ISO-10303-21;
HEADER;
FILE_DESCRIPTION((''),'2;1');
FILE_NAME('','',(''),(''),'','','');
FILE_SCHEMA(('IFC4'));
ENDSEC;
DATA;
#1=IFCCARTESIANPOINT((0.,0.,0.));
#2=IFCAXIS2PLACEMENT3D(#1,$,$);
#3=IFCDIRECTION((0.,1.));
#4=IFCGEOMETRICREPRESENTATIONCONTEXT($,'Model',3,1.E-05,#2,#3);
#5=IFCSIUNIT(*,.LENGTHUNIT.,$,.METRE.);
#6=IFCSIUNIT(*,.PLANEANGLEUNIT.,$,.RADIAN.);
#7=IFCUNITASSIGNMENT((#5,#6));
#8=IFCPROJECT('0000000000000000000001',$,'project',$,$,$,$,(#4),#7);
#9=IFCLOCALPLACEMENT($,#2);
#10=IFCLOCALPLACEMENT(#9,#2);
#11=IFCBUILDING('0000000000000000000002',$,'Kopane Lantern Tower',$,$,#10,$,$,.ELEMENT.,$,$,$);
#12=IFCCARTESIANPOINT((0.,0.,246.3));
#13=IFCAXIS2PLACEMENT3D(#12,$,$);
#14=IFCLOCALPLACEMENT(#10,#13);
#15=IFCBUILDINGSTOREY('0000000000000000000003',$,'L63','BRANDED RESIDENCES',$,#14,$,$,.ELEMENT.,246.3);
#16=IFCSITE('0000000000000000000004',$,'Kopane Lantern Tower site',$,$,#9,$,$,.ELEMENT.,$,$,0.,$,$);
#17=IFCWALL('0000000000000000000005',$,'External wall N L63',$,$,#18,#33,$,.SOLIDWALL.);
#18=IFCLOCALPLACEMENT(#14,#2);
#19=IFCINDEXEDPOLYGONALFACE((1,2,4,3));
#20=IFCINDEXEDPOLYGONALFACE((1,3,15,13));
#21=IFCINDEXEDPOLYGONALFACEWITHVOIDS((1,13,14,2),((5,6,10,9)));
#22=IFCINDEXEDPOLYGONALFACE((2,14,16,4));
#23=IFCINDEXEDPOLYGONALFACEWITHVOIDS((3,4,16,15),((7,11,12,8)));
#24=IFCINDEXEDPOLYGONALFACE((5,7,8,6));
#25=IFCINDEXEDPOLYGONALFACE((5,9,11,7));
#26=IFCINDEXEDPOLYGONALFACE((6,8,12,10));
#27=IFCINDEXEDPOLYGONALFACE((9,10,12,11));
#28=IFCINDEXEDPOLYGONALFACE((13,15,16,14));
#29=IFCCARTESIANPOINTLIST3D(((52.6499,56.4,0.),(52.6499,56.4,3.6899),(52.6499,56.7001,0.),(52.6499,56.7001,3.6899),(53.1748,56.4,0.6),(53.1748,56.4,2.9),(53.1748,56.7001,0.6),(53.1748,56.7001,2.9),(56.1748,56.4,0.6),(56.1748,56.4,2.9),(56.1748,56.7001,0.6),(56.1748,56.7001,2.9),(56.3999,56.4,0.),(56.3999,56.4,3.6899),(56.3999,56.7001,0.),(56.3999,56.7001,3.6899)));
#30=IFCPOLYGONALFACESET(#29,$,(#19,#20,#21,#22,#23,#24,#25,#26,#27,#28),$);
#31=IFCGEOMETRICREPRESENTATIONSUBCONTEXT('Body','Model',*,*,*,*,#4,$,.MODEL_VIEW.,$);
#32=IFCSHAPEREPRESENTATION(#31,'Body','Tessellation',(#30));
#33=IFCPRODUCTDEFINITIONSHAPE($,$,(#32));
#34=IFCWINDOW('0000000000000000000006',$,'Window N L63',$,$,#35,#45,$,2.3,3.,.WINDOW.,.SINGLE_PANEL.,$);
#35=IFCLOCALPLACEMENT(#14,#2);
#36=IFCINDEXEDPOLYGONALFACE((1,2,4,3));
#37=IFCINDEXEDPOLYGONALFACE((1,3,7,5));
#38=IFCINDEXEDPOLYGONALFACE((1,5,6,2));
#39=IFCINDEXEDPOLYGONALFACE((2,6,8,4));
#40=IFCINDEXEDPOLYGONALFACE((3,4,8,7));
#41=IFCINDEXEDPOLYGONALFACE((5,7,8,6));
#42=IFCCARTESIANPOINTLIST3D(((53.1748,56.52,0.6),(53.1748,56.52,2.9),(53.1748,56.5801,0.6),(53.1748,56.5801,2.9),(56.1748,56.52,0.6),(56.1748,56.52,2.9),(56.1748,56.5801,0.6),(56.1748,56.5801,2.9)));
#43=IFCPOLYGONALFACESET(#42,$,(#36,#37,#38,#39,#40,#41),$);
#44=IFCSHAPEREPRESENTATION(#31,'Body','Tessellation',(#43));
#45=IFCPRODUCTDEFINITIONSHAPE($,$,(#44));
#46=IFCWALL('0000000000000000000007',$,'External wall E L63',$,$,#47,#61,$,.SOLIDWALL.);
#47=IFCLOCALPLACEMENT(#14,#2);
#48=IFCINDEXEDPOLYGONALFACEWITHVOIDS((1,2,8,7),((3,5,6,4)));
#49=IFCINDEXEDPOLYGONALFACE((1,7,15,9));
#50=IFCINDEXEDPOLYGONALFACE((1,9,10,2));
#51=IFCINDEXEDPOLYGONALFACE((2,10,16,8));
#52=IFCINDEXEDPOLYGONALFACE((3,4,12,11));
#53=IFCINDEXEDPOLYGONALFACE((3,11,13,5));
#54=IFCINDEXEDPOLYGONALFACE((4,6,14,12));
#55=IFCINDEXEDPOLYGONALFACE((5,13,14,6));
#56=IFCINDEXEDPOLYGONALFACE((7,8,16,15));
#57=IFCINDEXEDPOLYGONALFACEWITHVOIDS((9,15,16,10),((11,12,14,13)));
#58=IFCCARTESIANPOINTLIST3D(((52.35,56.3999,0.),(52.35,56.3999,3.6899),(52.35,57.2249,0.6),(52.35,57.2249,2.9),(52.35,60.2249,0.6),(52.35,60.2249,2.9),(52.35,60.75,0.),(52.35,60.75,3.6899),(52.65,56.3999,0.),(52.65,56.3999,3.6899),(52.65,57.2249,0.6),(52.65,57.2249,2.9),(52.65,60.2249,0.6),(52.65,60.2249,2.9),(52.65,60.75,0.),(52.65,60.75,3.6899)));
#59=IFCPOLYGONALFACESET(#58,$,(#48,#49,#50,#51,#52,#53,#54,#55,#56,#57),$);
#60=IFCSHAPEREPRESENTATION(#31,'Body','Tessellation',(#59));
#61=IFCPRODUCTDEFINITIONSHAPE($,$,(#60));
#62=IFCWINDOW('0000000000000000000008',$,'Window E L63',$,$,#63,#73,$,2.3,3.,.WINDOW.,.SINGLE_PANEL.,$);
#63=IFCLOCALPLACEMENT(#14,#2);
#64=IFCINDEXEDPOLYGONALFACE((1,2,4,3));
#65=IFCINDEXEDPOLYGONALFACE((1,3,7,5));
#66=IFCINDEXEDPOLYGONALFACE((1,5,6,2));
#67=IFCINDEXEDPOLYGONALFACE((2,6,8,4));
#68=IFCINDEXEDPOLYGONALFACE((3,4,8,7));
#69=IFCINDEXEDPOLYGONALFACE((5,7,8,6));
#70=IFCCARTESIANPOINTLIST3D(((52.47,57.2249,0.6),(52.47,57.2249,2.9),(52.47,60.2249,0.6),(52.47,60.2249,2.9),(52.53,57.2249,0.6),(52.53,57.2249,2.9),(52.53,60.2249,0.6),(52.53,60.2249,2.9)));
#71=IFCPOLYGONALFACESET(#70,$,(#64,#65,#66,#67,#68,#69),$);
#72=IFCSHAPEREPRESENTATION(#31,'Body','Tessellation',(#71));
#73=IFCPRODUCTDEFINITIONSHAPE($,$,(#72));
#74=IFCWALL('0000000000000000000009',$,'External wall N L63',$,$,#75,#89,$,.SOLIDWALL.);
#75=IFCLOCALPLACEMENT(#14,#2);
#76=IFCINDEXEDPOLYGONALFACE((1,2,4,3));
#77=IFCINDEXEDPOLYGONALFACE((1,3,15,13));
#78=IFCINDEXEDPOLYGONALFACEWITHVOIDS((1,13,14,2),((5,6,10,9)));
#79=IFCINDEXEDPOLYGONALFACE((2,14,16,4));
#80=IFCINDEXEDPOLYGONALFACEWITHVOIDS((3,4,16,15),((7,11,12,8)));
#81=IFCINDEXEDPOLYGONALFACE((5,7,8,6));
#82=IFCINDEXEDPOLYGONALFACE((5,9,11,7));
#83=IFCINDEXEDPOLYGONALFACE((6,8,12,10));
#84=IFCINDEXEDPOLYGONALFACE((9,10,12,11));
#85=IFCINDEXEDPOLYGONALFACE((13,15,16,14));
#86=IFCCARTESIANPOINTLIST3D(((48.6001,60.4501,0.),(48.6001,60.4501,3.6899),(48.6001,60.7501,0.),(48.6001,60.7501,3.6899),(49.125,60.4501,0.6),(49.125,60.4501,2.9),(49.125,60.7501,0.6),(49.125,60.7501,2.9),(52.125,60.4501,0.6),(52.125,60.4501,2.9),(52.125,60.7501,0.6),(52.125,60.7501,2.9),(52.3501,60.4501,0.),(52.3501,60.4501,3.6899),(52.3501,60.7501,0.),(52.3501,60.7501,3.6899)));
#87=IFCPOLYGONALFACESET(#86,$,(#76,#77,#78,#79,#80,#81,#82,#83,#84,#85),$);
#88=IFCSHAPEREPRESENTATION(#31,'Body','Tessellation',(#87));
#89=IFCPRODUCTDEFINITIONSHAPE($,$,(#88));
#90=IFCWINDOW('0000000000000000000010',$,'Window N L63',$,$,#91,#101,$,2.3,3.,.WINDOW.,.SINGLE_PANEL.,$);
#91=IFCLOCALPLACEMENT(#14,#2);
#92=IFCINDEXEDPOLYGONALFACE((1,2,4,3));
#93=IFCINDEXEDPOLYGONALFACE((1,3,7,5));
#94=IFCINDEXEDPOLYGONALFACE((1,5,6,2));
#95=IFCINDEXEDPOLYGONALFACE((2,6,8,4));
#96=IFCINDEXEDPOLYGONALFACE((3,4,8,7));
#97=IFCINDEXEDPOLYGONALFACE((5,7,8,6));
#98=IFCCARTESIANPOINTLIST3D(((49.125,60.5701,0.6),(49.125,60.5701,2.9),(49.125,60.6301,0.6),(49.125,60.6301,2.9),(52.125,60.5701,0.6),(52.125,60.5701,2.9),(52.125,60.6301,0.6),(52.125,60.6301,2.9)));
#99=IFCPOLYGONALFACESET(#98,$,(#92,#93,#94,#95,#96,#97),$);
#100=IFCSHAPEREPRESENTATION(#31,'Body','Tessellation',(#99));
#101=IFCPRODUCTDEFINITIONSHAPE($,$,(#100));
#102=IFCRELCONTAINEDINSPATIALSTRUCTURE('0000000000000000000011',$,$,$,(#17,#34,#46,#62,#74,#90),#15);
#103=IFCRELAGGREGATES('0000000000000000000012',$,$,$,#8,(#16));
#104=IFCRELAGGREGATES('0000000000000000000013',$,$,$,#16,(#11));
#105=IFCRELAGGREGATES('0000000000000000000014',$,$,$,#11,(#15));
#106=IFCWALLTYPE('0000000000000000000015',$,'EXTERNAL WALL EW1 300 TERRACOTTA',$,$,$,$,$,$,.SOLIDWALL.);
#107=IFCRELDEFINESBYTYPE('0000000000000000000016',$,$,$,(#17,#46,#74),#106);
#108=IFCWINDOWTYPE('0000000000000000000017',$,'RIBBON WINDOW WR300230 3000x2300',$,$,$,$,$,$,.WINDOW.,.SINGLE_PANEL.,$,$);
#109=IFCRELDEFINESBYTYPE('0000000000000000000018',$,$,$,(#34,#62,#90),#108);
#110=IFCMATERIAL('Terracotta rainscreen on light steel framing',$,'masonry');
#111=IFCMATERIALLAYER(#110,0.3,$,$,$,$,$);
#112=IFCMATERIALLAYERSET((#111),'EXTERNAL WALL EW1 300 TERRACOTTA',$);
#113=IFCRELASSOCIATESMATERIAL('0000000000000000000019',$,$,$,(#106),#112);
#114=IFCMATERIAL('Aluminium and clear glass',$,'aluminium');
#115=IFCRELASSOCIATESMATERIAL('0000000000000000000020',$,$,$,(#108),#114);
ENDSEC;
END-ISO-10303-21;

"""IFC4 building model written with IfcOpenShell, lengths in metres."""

from ifc_helpers import new_model, si_unit, direction, frame, frame_2d, origin, place, context, subcontext, project, spatial, rectangle, extrude, material, layer, layer_set, type_object, element, fill, save


model = new_model("IFC4")

# Units and contexts
model_context = context("Model", 3, precision=1e-05, world=origin(), true_north=direction((0.0, 1.0)))
body_context = subcontext(model_context, "Body", "Model", "MODEL_VIEW")
ifc_project = project(units=[si_unit("LENGTHUNIT", "METRE"), si_unit("PLANEANGLEUNIT", "RADIAN")], contexts=[model_context])

# Site, building, storey
site_placement = place(None, origin())
site = spatial("IfcSite", under=ifc_project, at=site_placement, Name="Kopane Lantern Tower site", CompositionType="ELEMENT", RefElevation=0.0)
building_placement = place(site_placement, origin())
building = spatial("IfcBuilding", under=site, at=building_placement, Name="Kopane Lantern Tower", CompositionType="ELEMENT")
storey_placement = place(building_placement, frame((0.0, 0.0, 246.3)))
storey = spatial("IfcBuildingStorey", under=building, at=storey_placement, Name="L63", Description="BRANDED RESIDENCES", CompositionType="ELEMENT", Elevation=246.3)

# Walls, openings, windows
ifc_material_1 = material(Name="Terracotta rainscreen on light steel framing", Category="masonry")
ifc_layer = layer(ifc_material_1, 0.3)
ifc_layer_set = layer_set([ifc_layer], Name="EXTERNAL WALL EW1 300 TERRACOTTA")
wall_type = type_object("IfcWallType", Name="EXTERNAL WALL EW1 300 TERRACOTTA", PredefinedType="SOLIDWALL", material=ifc_layer_set)
wall_1_placement = place(storey_placement, frame((56.3999, 56.55, 0.0), z_axis=(0.0, 0.0, 1.0), x_axis=(-1.0, 0.0, 0.0)))
wall_1 = element("IfcWall", 1, at=wall_1_placement, inside=storey, type_object=wall_type, Name="External wall N L63", PredefinedType="SOLIDWALL", context=body_context, shape_type="SweptSolid", body=[
    extrude(rectangle(XDim=3.75, YDim=0.3, at=frame_2d((1.875, 0.0))), origin(), (0.0, 0.0, 1.0), 3.6899),
])
opening_1_placement = place(wall_1_placement, frame((0.2251, 0.0, 0.6001)))
opening_1 = element("IfcOpeningElement", 2, at=opening_1_placement, cuts=wall_1, PredefinedType="OPENING", context=body_context, shape_type="SweptSolid", body=[
    extrude(rectangle(XDim=3.0, YDim=2.3, at=frame_2d((1.5, 1.1499))), frame((0.0, 0.1599, 0.0), z_axis=(0.0, -1.0, 0.0), x_axis=(1.0, 0.0, 0.0)), (0.0, 0.0, 1.0), 0.3201),
])
ifc_material_2 = material(Name="Aluminium and clear glass", Category="aluminium")
window_type = type_object("IfcWindowType", Name="RIBBON WINDOW WR300230 3000x2300", PartitioningType="SINGLE_PANEL", PredefinedType="WINDOW", material=ifc_material_2)
window_1_placement = place(opening_1_placement, origin())
window_1 = element("IfcWindow", 3, at=window_1_placement, inside=storey, type_object=window_type, Name="Window N L63", OverallHeight=2.3, OverallWidth=3.0, PartitioningType="SINGLE_PANEL", PredefinedType="WINDOW", context=body_context, shape_type="SweptSolid", body=[
    extrude(rectangle(XDim=3.0, YDim=2.3, at=frame_2d((1.5, 1.1499))), frame((0.0, 0.03, 0.0), z_axis=(0.0, -1.0, 0.0), x_axis=(1.0, 0.0, 0.0)), (0.0, 0.0, 1.0), 0.0601),
])
fill(opening_1, window_1)
wall_2_placement = place(storey_placement, frame((52.5, 56.3999, 0.0), z_axis=(0.0, 0.0, 1.0), x_axis=(0.0, 1.0, 0.0)))
wall_2 = element("IfcWall", 4, at=wall_2_placement, inside=storey, type_object=wall_type, Name="External wall E L63", PredefinedType="SOLIDWALL", context=body_context, shape_type="SweptSolid", body=[
    extrude(rectangle(XDim=4.3501, YDim=0.3, at=frame_2d((2.175, 0.0))), origin(), (0.0, 0.0, 1.0), 3.6899),
])
opening_2_placement = place(wall_2_placement, frame((0.825, 0.0, 0.6001)))
opening_2 = element("IfcOpeningElement", 5, at=opening_2_placement, cuts=wall_2, PredefinedType="OPENING", context=body_context, shape_type="SweptSolid", body=[
    extrude(rectangle(XDim=3.0, YDim=2.3, at=frame_2d((1.5, 1.1499))), frame((0.0, 0.1599, 0.0), z_axis=(0.0, -1.0, 0.0), x_axis=(1.0, 0.0, 0.0)), (0.0, 0.0, 1.0), 0.3201),
])
window_2_placement = place(opening_2_placement, origin())
window_2 = element("IfcWindow", 6, at=window_2_placement, inside=storey, type_object=window_type, Name="Window E L63", OverallHeight=2.3, OverallWidth=3.0, PartitioningType="SINGLE_PANEL", PredefinedType="WINDOW", context=body_context, shape_type="SweptSolid", body=[
    extrude(rectangle(XDim=3.0, YDim=2.3, at=frame_2d((1.5, 1.1499))), frame((0.0, 0.03, 0.0), z_axis=(0.0, -1.0, 0.0), x_axis=(1.0, 0.0, 0.0)), (0.0, 0.0, 1.0), 0.0601),
])
fill(opening_2, window_2)
wall_3_placement = place(storey_placement, frame((52.3501, 60.6001, 0.0), z_axis=(0.0, 0.0, 1.0), x_axis=(-1.0, 0.0, 0.0)))
wall_3 = element("IfcWall", 7, at=wall_3_placement, inside=storey, type_object=wall_type, Name="External wall N L63", PredefinedType="SOLIDWALL", context=body_context, shape_type="SweptSolid", body=[
    extrude(rectangle(XDim=3.75, YDim=0.3, at=frame_2d((1.875, 0.0))), origin(), (0.0, 0.0, 1.0), 3.6899),
])
opening_3_placement = place(wall_3_placement, frame((0.2251, 0.0, 0.6001)))
opening_3 = element("IfcOpeningElement", 8, at=opening_3_placement, cuts=wall_3, PredefinedType="OPENING", context=body_context, shape_type="SweptSolid", body=[
    extrude(rectangle(XDim=3.0, YDim=2.3, at=frame_2d((1.5, 1.1499))), frame((0.0, 0.1599, 0.0), z_axis=(0.0, -1.0, 0.0), x_axis=(1.0, 0.0, 0.0)), (0.0, 0.0, 1.0), 0.3201),
])
window_3_placement = place(opening_3_placement, origin())
window_3 = element("IfcWindow", 9, at=window_3_placement, inside=storey, type_object=window_type, Name="Window N L63", OverallHeight=2.3, OverallWidth=3.0, PartitioningType="SINGLE_PANEL", PredefinedType="WINDOW", context=body_context, shape_type="SweptSolid", body=[
    extrude(rectangle(XDim=3.0, YDim=2.3, at=frame_2d((1.5, 1.1499))), frame((0.0, 0.03, 0.0), z_axis=(0.0, -1.0, 0.0), x_axis=(1.0, 0.0, 0.0)), (0.0, 0.0, 1.0), 0.0601),
])
fill(opening_3, window_3)

save(model, "model.ifc")
